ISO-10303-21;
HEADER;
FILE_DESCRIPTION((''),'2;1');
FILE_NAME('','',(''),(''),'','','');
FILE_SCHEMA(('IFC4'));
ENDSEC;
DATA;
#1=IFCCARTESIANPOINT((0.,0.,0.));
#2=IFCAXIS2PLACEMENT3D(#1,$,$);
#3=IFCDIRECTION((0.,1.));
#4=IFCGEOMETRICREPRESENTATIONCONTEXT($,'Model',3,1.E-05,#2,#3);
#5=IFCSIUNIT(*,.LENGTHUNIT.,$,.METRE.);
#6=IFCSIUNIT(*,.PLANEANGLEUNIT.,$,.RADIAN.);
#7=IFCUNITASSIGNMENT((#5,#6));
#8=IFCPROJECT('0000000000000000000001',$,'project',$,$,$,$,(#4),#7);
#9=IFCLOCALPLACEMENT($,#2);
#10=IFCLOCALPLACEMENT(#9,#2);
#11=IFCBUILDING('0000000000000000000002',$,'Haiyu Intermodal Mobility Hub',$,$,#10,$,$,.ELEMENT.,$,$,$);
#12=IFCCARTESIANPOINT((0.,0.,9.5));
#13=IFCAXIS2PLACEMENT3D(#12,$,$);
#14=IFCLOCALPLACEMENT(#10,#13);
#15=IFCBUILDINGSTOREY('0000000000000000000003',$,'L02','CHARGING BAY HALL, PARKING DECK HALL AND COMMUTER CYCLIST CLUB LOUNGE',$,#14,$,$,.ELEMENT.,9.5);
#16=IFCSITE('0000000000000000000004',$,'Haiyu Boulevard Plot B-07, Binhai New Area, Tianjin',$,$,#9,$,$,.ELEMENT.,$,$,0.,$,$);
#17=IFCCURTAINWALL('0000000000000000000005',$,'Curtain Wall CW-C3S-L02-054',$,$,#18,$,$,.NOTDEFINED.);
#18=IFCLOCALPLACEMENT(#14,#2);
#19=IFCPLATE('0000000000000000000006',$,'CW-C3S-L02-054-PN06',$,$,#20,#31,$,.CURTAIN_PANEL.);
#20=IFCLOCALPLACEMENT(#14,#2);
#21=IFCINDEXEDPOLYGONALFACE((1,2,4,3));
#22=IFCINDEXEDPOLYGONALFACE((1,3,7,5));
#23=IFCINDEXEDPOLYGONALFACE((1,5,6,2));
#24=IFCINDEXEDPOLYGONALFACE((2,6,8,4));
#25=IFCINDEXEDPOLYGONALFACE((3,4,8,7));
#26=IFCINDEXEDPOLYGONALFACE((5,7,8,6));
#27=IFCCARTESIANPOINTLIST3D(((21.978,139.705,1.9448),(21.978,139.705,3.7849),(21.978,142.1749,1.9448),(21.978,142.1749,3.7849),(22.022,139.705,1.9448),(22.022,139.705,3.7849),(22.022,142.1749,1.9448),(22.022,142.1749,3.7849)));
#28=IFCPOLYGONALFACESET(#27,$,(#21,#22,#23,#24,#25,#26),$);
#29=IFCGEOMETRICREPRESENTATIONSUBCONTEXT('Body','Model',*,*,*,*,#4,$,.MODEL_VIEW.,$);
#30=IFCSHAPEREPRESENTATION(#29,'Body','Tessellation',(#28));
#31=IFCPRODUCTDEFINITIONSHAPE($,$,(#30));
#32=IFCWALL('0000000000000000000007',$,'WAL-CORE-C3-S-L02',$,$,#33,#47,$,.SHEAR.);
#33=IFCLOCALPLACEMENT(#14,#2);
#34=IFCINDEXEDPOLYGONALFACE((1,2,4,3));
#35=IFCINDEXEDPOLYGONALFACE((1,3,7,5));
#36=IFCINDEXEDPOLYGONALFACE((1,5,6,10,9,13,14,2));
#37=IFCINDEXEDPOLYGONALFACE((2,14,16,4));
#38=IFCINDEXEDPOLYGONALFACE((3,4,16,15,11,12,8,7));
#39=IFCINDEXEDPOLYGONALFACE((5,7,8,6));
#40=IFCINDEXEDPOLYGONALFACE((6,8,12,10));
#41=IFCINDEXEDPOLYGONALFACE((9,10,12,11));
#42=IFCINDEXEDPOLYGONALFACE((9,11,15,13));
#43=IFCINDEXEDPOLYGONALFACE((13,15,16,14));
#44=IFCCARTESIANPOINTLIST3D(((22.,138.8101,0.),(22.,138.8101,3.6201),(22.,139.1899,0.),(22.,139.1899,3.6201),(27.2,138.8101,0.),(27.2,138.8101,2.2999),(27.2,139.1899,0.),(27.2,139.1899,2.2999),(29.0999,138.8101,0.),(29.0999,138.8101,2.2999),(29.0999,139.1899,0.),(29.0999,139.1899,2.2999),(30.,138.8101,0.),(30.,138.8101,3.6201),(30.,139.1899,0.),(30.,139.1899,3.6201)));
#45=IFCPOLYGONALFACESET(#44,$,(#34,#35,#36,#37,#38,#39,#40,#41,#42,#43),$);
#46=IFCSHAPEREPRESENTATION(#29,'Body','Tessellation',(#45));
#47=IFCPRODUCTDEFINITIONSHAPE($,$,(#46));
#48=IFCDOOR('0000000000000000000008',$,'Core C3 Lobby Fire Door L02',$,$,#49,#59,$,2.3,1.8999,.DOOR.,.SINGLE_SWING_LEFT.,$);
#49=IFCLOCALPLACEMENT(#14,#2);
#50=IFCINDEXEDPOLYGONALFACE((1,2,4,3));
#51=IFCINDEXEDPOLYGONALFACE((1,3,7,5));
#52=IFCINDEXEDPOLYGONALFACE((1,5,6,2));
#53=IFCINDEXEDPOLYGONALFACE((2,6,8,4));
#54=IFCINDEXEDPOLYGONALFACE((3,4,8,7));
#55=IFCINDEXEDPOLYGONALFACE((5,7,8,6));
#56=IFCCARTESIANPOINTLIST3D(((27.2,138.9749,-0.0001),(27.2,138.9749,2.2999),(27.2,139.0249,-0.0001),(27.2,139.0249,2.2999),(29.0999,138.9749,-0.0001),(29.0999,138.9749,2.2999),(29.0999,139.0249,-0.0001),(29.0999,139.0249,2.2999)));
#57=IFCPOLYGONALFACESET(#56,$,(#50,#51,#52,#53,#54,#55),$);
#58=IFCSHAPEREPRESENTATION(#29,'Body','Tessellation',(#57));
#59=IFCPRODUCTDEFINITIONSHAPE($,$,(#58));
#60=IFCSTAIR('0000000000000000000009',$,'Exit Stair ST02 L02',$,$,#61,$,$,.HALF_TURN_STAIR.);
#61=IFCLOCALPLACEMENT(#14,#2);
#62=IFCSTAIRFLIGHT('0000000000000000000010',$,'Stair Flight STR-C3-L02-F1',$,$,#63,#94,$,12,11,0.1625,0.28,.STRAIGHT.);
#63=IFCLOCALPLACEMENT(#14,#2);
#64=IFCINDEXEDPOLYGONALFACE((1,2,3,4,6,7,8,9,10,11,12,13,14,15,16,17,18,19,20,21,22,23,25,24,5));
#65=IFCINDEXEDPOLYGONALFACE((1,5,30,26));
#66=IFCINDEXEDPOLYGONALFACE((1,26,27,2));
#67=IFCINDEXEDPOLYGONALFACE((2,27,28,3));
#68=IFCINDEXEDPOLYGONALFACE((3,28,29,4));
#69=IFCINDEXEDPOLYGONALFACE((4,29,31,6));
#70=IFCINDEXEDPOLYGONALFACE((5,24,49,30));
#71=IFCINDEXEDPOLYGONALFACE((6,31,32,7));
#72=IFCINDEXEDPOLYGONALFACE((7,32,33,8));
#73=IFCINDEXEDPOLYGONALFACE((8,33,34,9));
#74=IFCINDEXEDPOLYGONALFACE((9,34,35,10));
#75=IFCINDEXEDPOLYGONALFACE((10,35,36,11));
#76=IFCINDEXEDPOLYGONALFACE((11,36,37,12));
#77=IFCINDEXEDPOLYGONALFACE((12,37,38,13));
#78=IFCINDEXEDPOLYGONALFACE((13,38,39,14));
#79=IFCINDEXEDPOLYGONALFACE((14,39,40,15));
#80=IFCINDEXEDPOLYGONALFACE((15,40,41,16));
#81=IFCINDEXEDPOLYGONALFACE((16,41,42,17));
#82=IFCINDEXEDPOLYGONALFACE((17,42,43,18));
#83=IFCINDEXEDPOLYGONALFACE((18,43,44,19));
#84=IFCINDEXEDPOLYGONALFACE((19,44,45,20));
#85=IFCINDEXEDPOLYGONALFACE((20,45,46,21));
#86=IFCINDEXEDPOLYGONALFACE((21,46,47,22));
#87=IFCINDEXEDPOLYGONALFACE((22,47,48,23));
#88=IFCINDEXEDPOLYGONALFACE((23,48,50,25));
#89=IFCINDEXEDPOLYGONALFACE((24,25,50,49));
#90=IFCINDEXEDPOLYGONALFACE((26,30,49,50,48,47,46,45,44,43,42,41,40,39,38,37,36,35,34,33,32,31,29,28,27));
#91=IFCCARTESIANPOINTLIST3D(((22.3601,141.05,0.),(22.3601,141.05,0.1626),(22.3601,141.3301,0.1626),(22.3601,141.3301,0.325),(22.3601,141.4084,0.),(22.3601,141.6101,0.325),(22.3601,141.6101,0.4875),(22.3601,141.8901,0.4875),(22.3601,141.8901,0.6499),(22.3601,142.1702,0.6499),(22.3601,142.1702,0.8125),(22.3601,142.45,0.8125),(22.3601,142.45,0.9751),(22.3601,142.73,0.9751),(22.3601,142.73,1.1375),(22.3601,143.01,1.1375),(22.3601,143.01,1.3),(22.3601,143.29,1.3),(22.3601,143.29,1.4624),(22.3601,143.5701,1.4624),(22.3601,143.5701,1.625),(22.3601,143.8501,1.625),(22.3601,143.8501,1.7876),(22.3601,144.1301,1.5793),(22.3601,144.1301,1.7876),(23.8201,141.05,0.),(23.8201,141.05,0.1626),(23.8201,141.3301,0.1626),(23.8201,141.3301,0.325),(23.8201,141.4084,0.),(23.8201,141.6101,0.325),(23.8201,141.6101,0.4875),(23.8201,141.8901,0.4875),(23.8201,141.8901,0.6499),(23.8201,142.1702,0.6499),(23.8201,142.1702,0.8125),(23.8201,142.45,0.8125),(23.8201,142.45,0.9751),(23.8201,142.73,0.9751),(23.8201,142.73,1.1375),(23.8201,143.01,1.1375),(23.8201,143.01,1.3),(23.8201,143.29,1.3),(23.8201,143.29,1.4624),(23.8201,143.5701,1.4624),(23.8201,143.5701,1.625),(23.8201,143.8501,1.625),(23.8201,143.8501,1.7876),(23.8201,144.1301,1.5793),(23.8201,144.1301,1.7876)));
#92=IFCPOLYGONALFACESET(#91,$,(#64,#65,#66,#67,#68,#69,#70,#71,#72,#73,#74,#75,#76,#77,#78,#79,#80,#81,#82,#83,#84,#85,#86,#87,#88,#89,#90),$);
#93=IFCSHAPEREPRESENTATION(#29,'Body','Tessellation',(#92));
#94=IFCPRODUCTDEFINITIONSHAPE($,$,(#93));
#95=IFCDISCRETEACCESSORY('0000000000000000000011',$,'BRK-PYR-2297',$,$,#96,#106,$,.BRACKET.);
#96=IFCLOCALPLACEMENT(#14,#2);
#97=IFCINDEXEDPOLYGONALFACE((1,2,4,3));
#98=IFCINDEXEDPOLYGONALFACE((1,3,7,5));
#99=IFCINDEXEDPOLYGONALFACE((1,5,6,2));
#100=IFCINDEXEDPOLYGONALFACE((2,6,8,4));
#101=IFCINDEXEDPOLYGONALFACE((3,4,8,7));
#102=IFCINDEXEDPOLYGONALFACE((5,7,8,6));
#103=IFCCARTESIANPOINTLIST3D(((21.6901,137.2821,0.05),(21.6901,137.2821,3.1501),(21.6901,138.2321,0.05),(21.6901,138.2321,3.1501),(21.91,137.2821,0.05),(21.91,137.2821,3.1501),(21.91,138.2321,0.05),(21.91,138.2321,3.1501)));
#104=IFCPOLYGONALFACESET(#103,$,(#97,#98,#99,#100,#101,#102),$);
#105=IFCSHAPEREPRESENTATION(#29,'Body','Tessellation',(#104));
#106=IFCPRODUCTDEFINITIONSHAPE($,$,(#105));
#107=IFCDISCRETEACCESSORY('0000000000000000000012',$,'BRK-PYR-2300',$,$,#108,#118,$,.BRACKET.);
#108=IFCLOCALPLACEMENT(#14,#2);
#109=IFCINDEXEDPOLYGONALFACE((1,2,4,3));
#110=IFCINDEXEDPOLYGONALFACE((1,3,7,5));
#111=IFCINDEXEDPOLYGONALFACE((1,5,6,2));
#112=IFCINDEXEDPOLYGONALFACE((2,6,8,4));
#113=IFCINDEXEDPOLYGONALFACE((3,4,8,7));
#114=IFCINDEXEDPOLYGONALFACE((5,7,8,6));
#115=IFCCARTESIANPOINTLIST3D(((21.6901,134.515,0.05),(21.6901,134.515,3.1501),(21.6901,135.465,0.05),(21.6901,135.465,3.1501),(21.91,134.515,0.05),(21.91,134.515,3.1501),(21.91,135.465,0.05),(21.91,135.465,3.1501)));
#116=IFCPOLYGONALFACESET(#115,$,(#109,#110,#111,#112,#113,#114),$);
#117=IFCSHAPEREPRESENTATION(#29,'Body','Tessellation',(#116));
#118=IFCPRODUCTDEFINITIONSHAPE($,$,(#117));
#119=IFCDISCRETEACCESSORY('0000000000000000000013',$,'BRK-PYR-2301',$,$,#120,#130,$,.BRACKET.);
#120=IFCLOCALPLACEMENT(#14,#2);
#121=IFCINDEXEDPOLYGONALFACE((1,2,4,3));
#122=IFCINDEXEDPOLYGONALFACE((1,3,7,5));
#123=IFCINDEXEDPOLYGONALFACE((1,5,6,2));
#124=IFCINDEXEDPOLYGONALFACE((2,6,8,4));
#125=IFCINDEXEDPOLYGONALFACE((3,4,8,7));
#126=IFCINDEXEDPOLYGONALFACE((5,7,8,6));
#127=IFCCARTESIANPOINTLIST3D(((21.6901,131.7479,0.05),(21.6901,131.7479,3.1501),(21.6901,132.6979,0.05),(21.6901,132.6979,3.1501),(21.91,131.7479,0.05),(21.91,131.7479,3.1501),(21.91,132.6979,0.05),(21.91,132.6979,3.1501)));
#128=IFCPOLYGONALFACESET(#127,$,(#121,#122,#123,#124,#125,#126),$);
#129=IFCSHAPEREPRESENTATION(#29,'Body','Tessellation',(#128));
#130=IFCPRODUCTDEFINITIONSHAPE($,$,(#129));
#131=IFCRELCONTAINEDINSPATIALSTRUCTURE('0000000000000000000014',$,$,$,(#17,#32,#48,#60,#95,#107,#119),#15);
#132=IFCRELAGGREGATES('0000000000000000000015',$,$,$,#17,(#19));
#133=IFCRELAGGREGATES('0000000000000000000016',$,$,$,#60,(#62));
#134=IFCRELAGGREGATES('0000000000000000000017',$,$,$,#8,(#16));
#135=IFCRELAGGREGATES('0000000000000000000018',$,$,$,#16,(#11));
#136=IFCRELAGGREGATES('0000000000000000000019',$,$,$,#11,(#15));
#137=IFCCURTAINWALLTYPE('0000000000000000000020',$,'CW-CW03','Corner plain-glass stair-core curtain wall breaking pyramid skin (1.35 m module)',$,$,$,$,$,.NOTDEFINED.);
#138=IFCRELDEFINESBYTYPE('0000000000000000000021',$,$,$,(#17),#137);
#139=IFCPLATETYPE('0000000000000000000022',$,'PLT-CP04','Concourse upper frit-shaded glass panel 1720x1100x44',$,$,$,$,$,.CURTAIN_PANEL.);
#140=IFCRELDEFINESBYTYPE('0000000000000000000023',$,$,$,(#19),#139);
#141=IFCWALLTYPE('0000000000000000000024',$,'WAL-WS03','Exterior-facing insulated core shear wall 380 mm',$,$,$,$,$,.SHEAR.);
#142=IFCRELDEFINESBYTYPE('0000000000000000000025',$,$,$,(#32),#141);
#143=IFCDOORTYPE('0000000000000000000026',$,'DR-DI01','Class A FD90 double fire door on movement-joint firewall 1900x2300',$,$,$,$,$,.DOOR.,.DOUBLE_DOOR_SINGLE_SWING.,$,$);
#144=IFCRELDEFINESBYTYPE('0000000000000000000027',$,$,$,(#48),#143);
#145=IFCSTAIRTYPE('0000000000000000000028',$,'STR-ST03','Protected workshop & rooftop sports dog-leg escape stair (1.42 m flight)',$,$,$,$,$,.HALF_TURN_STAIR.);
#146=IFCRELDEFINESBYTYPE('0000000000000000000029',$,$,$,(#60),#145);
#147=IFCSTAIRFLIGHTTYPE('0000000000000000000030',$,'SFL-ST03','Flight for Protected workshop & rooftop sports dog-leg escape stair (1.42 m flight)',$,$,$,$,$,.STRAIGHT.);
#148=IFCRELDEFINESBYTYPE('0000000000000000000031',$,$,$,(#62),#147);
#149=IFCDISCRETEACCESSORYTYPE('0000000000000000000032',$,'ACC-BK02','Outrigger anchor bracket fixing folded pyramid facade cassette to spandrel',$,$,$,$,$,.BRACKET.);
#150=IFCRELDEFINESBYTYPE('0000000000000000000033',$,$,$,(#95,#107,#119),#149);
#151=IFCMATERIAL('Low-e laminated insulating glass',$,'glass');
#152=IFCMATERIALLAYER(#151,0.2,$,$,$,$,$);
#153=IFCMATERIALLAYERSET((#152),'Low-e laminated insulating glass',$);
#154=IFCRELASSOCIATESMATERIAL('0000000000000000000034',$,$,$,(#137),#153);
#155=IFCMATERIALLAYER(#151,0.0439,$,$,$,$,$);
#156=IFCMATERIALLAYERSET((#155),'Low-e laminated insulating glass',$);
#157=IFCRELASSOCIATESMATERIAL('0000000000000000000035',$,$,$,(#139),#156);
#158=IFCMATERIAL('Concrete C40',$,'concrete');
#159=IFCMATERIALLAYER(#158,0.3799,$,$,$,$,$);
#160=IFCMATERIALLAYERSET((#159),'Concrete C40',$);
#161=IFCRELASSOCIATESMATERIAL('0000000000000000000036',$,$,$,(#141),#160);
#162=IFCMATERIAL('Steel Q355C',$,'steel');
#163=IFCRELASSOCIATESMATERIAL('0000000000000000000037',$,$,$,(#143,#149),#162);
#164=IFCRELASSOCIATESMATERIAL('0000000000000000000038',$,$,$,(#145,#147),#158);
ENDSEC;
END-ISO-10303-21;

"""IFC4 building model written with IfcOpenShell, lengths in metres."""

from ifc_helpers import new_model, si_unit, direction, frame, frame_2d, origin, origin_2d, place, context, subcontext, project, spatial, polyline, rectangle, outline, extrude, material, layer, layer_set, type_object, element, fill, aggregate, save


model = new_model("IFC4")

# Units and contexts
model_context = context("Model", 3, precision=1e-05, world=origin(), true_north=direction((0.0, 1.0)))
body_context = subcontext(model_context, "Body", "Model", "MODEL_VIEW")
ifc_project = project(units=[si_unit("LENGTHUNIT", "METRE"), si_unit("PLANEANGLEUNIT", "RADIAN")], contexts=[model_context])

# Site, building, storey
site_placement = place(None, origin())
site = spatial("IfcSite", under=ifc_project, at=site_placement, Name="Haiyu Boulevard Plot B-07, Binhai New Area, Tianjin", CompositionType="ELEMENT", RefElevation=0.0)
building_placement = place(site_placement, origin())
building = spatial("IfcBuilding", under=site, at=building_placement, Name="Haiyu Intermodal Mobility Hub", CompositionType="ELEMENT")
storey_placement = place(building_placement, frame((0.0, 0.0, 9.5)))
storey = spatial("IfcBuildingStorey", under=building, at=storey_placement, Name="L02", Description="CHARGING BAY HALL, PARKING DECK HALL AND COMMUTER CYCLIST CLUB LOUNGE", CompositionType="ELEMENT", Elevation=9.5)

# Shared definitions
ifc_material_1 = material(Name="Steel Q355C", Category="steel")

# Shared definitions
ifc_material_2 = material(Name="Low-e laminated insulating glass", Category="glass")
ifc_layer_1 = layer(ifc_material_2, 0.2)
ifc_layer_set_1 = layer_set([ifc_layer_1], Name="Low-e laminated insulating glass")
curtain_wall_type = type_object("IfcCurtainWallType", Name="CW-CW03", Description="Corner plain-glass stair-core curtain wall breaking pyramid skin (1.35 m module)", PredefinedType="NOTDEFINED", material=ifc_layer_set_1)

# Curtain wall
curtain_wall_1_placement = place(storey_placement, origin())
curtain_wall_1 = element("IfcCurtainWall", 1, at=curtain_wall_1_placement, inside=storey, type_object=curtain_wall_type, Name="Curtain Wall CW-C3S-L02-054", PredefinedType="NOTDEFINED")

# Plate
ifc_layer_2 = layer(ifc_material_2, 0.0439)
ifc_layer_set_2 = layer_set([ifc_layer_2], Name="Low-e laminated insulating glass")
plate_type_1 = type_object("IfcPlateType", Name="PLT-CP04", Description="Concourse upper frit-shaded glass panel 1720x1100x44", PredefinedType="CURTAIN_PANEL", material=ifc_layer_set_2)
plate_1_placement = place(storey_placement, frame((22.0, 140.9399, 1.9448), z_axis=(0.0, 0.0, 1.0), x_axis=(0.0, -1.0, 0.0)))
plate_1 = element("IfcPlate", 2, at=plate_1_placement, type_object=plate_type_1, Name="CW-C3S-L02-054-PN06", PredefinedType="CURTAIN_PANEL", context=body_context, shape_type="SweptSolid", body=[
    extrude(rectangle(XDim=2.47, YDim=0.0439, at=origin_2d()), origin(), (0.0, 0.0, 1.0), 1.8401),
])
aggregate(curtain_wall_1, [plate_1])

# Wall, opening, door
ifc_material_3 = material(Name="Concrete C40", Category="concrete")
ifc_layer_3 = layer(ifc_material_3, 0.3799)
ifc_layer_set_3 = layer_set([ifc_layer_3], Name="Concrete C40")
wall_type = type_object("IfcWallType", Name="WAL-WS03", Description="Exterior-facing insulated core shear wall 380 mm", PredefinedType="SHEAR", material=ifc_layer_set_3)
wall_placement = place(storey_placement, frame((22.0, 139.0, 0.0), z_axis=(0.0, 0.0, 1.0), x_axis=(1.0, 0.0, 0.0)))
wall = element("IfcWall", 3, at=wall_placement, inside=storey, type_object=wall_type, Name="WAL-CORE-C3-S-L02", PredefinedType="SHEAR", context=body_context, shape_type="SweptSolid", body=[
    extrude(rectangle(XDim=8.0, YDim=0.3799, at=frame_2d((4.0, 0.0))), origin(), (0.0, 0.0, 1.0), 3.6201),
])
opening_placement = place(wall_placement, frame((5.2, 0.0, 0.0)))
opening = element("IfcOpeningElement", 4, at=opening_placement, cuts=wall, PredefinedType="OPENING", context=body_context, shape_type="SweptSolid", body=[
    extrude(rectangle(XDim=1.8999, YDim=2.3, at=frame_2d((0.95, 1.1499))), frame((0.0, 0.2, 0.0), z_axis=(0.0, -1.0, 0.0), x_axis=(1.0, 0.0, 0.0)), (0.0, 0.0, 1.0), 0.3999),
])
door_type = type_object("IfcDoorType", Name="DR-DI01", Description="Class A FD90 double fire door on movement-joint firewall 1900x2300", OperationType="DOUBLE_DOOR_SINGLE_SWING", PredefinedType="DOOR", material=ifc_material_1)
door_placement = place(opening_placement, origin())
door = element("IfcDoor", 5, at=door_placement, inside=storey, type_object=door_type, Name="Core C3 Lobby Fire Door L02", OperationType="SINGLE_SWING_LEFT", OverallHeight=2.3, OverallWidth=1.8999, PredefinedType="DOOR", context=body_context, shape_type="SweptSolid", body=[
    extrude(rectangle(XDim=1.8999, YDim=2.3, at=frame_2d((0.95, 1.1499))), frame((0.0, 0.0249, 0.0), z_axis=(0.0, -1.0, 0.0), x_axis=(1.0, 0.0, 0.0)), (0.0, 0.0, 1.0), 0.05),
])
fill(opening, door)

# Stair, stair flight
stair_type = type_object("IfcStairType", Name="STR-ST03", Description="Protected workshop & rooftop sports dog-leg escape stair (1.42 m flight)", PredefinedType="HALF_TURN_STAIR", material=ifc_material_3)
stair_placement = place(storey_placement, origin())
stair = element("IfcStair", 6, at=stair_placement, inside=storey, type_object=stair_type, Name="Exit Stair ST02 L02", PredefinedType="HALF_TURN_STAIR")
stair_flight_type = type_object("IfcStairFlightType", Name="SFL-ST03", Description="Flight for Protected workshop & rooftop sports dog-leg escape stair (1.42 m flight)", PredefinedType="STRAIGHT", material=ifc_material_3)
stair_flight_placement = place(storey_placement, frame((23.0901, 141.05, 0.0), z_axis=(0.0, 0.0, 1.0), x_axis=(0.0, 1.0, 0.0)))
stair_flight = element("IfcStairFlight", 7, at=stair_flight_placement, type_object=stair_flight_type, Name="Stair Flight STR-C3-L02-F1", NumberOfRisers=12, NumberOfTreads=11, PredefinedType="STRAIGHT", RiserHeight=0.1625, TreadLength=0.28, context=body_context, shape_type="SweptSolid", body=[
    extrude(outline(polyline([(0.0, 0.0), (0.0, 0.1626), (0.28, 0.1626), (0.28, 0.325), (0.5601, 0.325), (0.5601, 0.4875), (0.8401, 0.4875), (0.8401, 0.6499), (1.1201, 0.6499), (1.1201, 0.8125), (1.3999, 0.8125), (1.3999, 0.9751), (1.6799, 0.9751), (1.6799, 1.1375), (1.96, 1.1375), (1.96, 1.3), (2.24, 1.3), (2.24, 1.4624), (2.52, 1.4624), (2.52, 1.625), (2.8, 1.625), (2.8, 1.7876), (3.0801, 1.7876), (3.0801, 1.95), (3.0801, 1.5793), (0.3584, 0.0), (0.0, 0.0)])), frame((0.0, 0.73, 0.0), z_axis=(0.0, -1.0, 0.0), x_axis=(1.0, 0.0, 0.0)), (0.0, 0.0, 1.0), 1.46),
])
aggregate(stair, [stair_flight])

# Discrete accessories
discrete_accessory_type = type_object("IfcDiscreteAccessoryType", Name="ACC-BK02", Description="Outrigger anchor bracket fixing folded pyramid facade cassette to spandrel", PredefinedType="BRACKET", material=ifc_material_1)
for number, where, z_axis, x_axis, name in (
    (8, (21.8, 137.7571, 0.05), (0.0, 0.0, 1.0), (1.0, 0.0, 0.0), "BRK-PYR-2297"),
    (9, (21.8, 134.99, 0.05), (0.0, 0.0, 1.0), (1.0, 0.0, 0.0), "BRK-PYR-2300"),
    (10, (21.8, 132.2229, 0.05), (0.0, 0.0, 1.0), (1.0, 0.0, 0.0), "BRK-PYR-2301"),
):
    element("IfcDiscreteAccessory", number, at=place(storey_placement, frame(where, z_axis=z_axis, x_axis=x_axis)), inside=storey, type_object=discrete_accessory_type, Name=name, PredefinedType="BRACKET", context=body_context, shape_type="SweptSolid", body=[
        extrude(rectangle(XDim=0.22, YDim=0.95, at=origin_2d()), origin(), (0.0, 0.0, 1.0), 3.1001),
    ])

save(model, "model.ifc")
